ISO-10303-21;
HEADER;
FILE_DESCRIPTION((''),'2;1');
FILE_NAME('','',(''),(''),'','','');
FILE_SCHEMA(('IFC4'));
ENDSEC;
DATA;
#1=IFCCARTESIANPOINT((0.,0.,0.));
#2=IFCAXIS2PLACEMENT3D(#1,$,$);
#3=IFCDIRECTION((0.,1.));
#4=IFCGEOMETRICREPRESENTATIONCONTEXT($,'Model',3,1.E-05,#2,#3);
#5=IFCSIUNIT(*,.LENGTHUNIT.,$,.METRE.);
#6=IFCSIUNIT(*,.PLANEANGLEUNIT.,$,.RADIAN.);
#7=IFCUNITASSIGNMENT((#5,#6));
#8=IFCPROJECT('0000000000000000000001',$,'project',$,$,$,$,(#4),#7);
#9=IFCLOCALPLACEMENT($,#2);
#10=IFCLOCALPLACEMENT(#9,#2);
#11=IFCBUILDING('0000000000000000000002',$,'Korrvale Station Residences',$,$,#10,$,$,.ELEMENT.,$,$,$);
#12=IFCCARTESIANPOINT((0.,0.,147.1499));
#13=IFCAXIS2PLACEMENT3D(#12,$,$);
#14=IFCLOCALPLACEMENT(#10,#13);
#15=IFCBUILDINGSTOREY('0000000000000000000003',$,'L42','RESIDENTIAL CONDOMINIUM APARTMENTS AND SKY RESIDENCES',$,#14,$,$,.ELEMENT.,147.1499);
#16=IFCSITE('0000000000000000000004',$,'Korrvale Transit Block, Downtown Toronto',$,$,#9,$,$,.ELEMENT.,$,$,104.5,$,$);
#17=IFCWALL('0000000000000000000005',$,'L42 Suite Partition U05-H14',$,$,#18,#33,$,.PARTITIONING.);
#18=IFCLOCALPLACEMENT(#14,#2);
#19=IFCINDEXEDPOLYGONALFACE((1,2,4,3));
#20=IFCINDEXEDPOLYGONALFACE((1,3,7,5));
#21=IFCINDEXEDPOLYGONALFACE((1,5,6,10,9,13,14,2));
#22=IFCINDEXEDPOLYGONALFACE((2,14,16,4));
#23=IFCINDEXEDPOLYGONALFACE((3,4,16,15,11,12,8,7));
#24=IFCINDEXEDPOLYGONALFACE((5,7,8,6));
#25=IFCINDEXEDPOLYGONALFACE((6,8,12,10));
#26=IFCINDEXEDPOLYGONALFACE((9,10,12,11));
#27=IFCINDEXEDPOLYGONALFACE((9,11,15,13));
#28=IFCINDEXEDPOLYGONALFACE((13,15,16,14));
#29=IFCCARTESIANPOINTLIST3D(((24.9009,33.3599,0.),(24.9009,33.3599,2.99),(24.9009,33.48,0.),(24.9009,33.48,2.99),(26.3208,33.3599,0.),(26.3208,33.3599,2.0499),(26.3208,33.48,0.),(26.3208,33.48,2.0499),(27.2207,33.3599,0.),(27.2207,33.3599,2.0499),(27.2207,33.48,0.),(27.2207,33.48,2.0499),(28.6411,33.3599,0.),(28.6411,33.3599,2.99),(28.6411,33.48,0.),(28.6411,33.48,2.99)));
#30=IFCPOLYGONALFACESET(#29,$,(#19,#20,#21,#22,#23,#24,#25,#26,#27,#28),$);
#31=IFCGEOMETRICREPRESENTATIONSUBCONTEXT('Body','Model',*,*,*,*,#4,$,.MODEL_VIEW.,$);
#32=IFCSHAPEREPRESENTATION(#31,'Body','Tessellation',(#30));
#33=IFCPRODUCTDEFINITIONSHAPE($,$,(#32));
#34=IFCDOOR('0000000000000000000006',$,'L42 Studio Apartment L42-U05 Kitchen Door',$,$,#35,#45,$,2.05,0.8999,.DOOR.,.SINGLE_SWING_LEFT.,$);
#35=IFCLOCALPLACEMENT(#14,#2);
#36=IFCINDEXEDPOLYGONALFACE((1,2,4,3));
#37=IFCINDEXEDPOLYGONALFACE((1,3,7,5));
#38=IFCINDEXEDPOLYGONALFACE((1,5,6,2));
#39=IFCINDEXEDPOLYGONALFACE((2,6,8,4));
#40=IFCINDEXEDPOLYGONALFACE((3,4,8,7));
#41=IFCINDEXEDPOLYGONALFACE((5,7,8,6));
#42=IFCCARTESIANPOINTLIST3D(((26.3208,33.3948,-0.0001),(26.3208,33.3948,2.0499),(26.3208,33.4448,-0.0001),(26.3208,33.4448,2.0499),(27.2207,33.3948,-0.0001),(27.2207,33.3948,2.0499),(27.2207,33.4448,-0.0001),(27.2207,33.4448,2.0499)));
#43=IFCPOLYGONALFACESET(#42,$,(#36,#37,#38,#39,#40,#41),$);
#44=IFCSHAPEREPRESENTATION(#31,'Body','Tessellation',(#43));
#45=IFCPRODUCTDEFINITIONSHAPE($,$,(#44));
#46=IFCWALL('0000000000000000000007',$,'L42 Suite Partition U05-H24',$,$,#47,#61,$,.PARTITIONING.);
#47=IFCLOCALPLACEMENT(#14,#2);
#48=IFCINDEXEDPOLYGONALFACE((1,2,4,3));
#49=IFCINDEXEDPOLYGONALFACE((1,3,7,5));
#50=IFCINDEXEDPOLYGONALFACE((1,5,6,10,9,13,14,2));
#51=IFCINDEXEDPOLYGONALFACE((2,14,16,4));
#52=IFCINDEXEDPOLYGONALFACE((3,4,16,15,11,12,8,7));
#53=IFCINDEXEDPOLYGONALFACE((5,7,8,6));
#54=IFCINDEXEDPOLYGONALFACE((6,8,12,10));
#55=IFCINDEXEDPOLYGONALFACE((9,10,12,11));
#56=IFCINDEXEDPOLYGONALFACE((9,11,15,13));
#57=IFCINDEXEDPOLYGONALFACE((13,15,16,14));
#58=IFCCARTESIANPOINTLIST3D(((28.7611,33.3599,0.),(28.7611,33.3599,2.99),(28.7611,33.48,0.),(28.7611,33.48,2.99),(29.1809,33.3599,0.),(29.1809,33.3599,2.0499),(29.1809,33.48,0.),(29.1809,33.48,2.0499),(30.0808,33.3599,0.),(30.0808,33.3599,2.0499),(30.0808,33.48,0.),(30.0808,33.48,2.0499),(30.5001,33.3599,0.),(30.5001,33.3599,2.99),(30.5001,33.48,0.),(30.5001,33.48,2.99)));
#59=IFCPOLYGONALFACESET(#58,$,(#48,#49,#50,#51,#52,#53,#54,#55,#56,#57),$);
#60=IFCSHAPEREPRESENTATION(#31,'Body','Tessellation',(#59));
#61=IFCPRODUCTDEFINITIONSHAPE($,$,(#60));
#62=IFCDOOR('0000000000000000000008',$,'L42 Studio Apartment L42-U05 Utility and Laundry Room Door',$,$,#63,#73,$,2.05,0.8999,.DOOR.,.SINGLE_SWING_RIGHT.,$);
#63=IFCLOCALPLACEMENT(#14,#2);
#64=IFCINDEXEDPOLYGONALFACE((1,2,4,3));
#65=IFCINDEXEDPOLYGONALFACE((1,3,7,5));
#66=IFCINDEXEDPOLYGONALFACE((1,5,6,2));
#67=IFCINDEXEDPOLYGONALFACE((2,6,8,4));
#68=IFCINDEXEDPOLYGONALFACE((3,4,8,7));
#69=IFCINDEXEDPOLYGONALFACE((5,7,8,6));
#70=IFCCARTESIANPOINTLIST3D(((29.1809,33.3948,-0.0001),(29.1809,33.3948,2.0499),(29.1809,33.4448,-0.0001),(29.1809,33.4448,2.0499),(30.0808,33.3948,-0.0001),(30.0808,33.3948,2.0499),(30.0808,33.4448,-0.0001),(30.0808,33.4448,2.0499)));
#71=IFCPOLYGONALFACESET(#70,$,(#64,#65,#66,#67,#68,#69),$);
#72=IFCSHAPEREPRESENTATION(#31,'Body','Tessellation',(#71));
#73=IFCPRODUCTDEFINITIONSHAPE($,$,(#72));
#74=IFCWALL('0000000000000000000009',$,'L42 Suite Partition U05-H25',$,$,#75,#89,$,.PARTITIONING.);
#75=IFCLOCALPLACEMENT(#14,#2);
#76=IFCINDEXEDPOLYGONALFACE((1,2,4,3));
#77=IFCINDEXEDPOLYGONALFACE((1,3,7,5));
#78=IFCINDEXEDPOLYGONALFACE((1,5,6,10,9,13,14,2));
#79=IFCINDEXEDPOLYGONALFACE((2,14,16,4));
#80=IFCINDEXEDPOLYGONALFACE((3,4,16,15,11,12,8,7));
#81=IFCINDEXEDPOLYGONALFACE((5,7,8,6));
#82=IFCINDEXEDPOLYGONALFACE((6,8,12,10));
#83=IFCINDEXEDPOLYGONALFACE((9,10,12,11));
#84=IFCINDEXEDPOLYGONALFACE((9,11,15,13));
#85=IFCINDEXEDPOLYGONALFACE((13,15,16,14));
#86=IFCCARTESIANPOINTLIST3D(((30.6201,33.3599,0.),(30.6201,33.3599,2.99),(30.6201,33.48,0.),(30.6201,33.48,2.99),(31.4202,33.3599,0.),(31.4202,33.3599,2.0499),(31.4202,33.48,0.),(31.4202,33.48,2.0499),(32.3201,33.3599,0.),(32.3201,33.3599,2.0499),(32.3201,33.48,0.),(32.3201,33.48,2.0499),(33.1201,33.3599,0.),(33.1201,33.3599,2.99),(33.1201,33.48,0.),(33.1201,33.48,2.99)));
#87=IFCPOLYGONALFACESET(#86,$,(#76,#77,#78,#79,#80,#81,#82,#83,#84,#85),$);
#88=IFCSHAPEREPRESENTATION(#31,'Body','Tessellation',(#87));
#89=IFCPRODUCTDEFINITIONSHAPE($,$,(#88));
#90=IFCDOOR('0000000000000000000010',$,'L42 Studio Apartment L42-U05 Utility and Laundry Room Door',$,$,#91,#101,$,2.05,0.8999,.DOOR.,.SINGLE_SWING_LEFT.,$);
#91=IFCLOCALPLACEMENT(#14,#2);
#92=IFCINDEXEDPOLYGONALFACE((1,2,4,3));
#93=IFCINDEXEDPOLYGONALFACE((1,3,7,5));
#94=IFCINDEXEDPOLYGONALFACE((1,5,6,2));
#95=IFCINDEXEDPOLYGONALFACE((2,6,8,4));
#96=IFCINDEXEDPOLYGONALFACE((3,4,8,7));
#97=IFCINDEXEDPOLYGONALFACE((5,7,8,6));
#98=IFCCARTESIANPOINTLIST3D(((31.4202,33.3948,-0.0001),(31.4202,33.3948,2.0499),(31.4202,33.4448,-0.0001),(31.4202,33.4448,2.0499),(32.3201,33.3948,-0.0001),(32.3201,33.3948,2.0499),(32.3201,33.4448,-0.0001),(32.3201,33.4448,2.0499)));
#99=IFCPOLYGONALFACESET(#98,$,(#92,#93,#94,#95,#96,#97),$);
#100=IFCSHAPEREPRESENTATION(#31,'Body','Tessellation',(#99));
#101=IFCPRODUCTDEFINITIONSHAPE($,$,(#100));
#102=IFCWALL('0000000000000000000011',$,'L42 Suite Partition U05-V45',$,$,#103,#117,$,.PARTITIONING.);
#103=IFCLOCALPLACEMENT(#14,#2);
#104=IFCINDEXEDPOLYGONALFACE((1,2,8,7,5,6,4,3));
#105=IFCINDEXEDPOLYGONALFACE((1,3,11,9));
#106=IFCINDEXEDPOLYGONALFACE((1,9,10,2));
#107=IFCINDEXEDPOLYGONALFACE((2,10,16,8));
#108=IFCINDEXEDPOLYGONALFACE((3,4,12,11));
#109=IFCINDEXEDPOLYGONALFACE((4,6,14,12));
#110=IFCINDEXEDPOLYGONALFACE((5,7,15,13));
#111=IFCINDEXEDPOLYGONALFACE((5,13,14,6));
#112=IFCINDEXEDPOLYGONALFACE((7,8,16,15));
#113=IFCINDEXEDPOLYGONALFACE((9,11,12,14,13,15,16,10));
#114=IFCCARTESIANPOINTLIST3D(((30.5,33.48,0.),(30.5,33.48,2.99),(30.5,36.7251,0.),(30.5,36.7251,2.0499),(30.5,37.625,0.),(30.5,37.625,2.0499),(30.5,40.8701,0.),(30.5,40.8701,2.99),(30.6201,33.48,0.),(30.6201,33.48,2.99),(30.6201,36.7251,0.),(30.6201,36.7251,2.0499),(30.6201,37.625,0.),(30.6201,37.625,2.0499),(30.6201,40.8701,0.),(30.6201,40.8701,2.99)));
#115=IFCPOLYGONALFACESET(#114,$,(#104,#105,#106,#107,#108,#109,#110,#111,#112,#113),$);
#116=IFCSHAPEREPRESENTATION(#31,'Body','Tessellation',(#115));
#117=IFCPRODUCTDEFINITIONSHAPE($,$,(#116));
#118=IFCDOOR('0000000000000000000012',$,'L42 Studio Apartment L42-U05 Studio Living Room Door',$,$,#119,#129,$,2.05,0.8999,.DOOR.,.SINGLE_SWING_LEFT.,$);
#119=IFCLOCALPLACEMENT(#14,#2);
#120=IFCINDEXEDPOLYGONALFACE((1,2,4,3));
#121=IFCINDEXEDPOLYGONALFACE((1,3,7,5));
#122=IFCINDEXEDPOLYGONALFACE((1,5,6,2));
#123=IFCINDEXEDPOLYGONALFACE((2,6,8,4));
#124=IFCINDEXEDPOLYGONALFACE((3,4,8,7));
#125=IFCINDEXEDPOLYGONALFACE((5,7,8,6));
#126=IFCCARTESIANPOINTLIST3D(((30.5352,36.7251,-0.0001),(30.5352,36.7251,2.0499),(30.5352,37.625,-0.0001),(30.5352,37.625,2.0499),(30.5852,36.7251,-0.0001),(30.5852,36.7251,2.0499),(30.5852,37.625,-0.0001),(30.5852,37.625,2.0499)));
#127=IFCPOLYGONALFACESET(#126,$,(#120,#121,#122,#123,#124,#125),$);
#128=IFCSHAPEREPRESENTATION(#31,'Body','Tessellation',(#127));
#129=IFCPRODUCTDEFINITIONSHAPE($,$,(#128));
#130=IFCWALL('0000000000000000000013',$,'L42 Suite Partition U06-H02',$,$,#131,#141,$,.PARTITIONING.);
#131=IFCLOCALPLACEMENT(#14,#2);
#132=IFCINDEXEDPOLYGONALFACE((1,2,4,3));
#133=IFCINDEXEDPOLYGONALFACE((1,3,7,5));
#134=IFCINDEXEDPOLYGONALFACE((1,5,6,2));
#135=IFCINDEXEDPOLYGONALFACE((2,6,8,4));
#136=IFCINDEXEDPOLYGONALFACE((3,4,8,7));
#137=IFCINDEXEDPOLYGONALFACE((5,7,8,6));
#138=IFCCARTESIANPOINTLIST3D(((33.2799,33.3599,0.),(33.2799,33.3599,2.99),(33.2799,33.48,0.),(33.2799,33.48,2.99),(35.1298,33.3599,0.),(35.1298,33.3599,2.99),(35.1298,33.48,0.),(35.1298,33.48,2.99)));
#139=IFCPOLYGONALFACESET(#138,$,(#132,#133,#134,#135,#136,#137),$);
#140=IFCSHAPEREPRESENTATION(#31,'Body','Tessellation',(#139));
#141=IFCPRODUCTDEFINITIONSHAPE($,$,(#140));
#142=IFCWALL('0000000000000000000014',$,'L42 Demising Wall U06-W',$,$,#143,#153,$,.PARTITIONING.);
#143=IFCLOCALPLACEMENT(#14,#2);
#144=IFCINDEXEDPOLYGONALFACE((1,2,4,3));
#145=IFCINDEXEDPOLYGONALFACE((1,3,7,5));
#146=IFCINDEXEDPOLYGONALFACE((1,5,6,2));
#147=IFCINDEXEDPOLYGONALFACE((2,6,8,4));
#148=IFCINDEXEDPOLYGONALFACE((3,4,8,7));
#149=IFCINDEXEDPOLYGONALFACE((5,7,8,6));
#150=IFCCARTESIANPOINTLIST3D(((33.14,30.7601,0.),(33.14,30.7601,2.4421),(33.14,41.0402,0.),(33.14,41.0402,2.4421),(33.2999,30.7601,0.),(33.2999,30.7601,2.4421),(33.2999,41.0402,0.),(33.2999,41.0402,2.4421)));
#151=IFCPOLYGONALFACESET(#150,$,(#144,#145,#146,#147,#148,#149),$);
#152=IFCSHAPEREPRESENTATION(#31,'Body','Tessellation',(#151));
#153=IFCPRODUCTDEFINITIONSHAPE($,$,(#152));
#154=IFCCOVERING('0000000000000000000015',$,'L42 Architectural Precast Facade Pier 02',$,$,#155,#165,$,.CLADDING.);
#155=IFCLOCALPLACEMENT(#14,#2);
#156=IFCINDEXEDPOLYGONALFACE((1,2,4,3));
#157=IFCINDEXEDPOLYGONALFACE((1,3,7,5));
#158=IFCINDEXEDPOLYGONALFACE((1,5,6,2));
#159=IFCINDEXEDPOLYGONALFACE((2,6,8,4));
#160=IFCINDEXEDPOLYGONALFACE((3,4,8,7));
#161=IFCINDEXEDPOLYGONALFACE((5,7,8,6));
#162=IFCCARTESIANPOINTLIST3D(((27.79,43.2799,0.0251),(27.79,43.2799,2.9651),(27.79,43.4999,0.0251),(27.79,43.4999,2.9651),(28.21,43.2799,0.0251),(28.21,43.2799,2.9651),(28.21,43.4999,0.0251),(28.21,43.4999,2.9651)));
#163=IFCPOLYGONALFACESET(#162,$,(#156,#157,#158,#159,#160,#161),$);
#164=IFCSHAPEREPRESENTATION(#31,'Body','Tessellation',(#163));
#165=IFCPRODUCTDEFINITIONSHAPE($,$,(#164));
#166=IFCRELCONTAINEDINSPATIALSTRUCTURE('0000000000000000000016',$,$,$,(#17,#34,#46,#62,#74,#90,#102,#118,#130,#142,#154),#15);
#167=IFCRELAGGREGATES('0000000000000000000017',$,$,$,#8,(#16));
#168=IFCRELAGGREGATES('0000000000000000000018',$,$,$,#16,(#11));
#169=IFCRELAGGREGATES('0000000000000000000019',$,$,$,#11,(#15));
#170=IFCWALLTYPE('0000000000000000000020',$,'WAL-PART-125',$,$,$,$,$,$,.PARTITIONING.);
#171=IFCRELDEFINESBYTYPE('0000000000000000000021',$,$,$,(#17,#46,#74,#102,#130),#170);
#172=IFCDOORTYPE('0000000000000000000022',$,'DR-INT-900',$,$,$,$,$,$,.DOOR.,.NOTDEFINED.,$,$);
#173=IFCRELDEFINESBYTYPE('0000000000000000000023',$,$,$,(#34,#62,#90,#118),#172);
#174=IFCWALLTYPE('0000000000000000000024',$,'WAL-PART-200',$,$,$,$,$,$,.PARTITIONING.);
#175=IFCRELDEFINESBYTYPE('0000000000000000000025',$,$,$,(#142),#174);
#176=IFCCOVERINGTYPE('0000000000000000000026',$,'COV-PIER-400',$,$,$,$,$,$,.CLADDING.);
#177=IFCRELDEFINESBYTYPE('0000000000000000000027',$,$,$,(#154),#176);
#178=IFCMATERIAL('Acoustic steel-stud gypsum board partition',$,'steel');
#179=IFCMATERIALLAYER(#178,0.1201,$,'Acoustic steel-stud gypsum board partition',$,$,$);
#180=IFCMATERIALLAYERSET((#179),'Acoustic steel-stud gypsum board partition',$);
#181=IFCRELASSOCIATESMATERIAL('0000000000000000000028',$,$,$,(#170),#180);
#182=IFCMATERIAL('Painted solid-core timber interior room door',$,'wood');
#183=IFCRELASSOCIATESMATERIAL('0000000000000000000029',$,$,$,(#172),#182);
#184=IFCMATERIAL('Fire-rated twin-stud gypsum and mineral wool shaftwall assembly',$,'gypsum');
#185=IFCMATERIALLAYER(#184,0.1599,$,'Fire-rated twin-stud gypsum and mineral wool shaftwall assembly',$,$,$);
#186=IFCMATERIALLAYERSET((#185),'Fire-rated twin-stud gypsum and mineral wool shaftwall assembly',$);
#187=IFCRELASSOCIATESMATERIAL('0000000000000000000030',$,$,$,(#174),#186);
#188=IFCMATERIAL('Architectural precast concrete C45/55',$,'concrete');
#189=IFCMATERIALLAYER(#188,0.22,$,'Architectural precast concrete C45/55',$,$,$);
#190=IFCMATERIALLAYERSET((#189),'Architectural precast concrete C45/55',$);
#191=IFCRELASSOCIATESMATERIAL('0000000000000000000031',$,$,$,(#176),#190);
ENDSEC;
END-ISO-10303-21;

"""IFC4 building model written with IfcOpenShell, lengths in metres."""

from ifc_helpers import new_model, si_unit, direction, frame, frame_2d, origin, origin_2d, place, context, subcontext, project, spatial, rectangle, extrude, material, layer, layer_set, type_object, element, fill, save


model = new_model("IFC4")

# Units and contexts
model_context = context("Model", 3, precision=1e-05, world=origin(), true_north=direction((0.0, 1.0)))
body_context = subcontext(model_context, "Body", "Model", "MODEL_VIEW")
ifc_project = project(units=[si_unit("LENGTHUNIT", "METRE"), si_unit("PLANEANGLEUNIT", "RADIAN")], contexts=[model_context])

# Site, building, storey
site_placement = place(None, origin())
site = spatial("IfcSite", under=ifc_project, at=site_placement, Name="Korrvale Transit Block, Downtown Toronto", CompositionType="ELEMENT", RefElevation=104.5)
building_placement = place(site_placement, origin())
building = spatial("IfcBuilding", under=site, at=building_placement, Name="Korrvale Station Residences", CompositionType="ELEMENT")
storey_placement = place(building_placement, frame((0.0, 0.0, 147.1499)))
storey = spatial("IfcBuildingStorey", under=building, at=storey_placement, Name="L42", Description="RESIDENTIAL CONDOMINIUM APARTMENTS AND SKY RESIDENCES", CompositionType="ELEMENT", Elevation=147.1499)

# Walls, openings, doors
ifc_material_1 = material(Name="Acoustic steel-stud gypsum board partition", Category="steel")
ifc_layer_1 = layer(ifc_material_1, 0.1201, Name="Acoustic steel-stud gypsum board partition")
ifc_layer_set_1 = layer_set([ifc_layer_1], Name="Acoustic steel-stud gypsum board partition")
wall_type_1 = type_object("IfcWallType", Name="WAL-PART-125", PredefinedType="PARTITIONING", material=ifc_layer_set_1)
ifc_material_2 = material(Name="Painted solid-core timber interior room door", Category="wood")
door_type_1 = type_object("IfcDoorType", Name="DR-INT-900", OperationType="NOTDEFINED", PredefinedType="DOOR", material=ifc_material_2)
wall_1_placement = place(storey_placement, frame((24.9009, 33.4199, 0.0), z_axis=(0.0, 0.0, 1.0), x_axis=(1.0, 0.0, 0.0)))
wall_1 = element("IfcWall", 1, at=wall_1_placement, inside=storey, type_object=wall_type_1, Name="L42 Suite Partition U05-H14", PredefinedType="PARTITIONING", context=body_context, shape_type="SweptSolid", body=[
    extrude(rectangle(XDim=3.7402, YDim=0.1201, at=frame_2d((1.8701, 0.0))), origin(), (0.0, 0.0, 1.0), 2.99),
])
opening_1_placement = place(wall_1_placement, frame((1.4199, 0.0, 0.0)))
opening_1 = element("IfcOpeningElement", 2, at=opening_1_placement, cuts=wall_1, PredefinedType="OPENING", context=body_context, shape_type="SweptSolid", body=[
    extrude(rectangle(XDim=0.8999, YDim=2.05, at=frame_2d((0.45, 1.0249))), frame((0.0, 0.0701, 0.0), z_axis=(0.0, -1.0, 0.0), x_axis=(1.0, 0.0, 0.0)), (0.0, 0.0, 1.0), 0.1401),
])
door_1_placement = place(opening_1_placement, origin())
door_1 = element("IfcDoor", 3, at=door_1_placement, inside=storey, type_object=door_type_1, Name="L42 Studio Apartment L42-U05 Kitchen Door", OperationType="SINGLE_SWING_LEFT", OverallHeight=2.05, OverallWidth=0.8999, PredefinedType="DOOR", context=body_context, shape_type="SweptSolid", body=[
    extrude(rectangle(XDim=0.8999, YDim=2.05, at=frame_2d((0.45, 1.0249))), frame((0.0, 0.0249, 0.0), z_axis=(0.0, -1.0, 0.0), x_axis=(1.0, 0.0, 0.0)), (0.0, 0.0, 1.0), 0.05),
])
fill(opening_1, door_1)
wall_2_placement = place(storey_placement, frame((28.761, 33.4199, 0.0), z_axis=(0.0, 0.0, 1.0), x_axis=(1.0, 0.0, 0.0)))
wall_2 = element("IfcWall", 4, at=wall_2_placement, inside=storey, type_object=wall_type_1, Name="L42 Suite Partition U05-H24", PredefinedType="PARTITIONING", context=body_context, shape_type="SweptSolid", body=[
    extrude(rectangle(XDim=1.739, YDim=0.1201, at=frame_2d((0.8696, 0.0))), origin(), (0.0, 0.0, 1.0), 2.99),
])
opening_2_placement = place(wall_2_placement, frame((0.4199, 0.0, 0.0)))
opening_2 = element("IfcOpeningElement", 5, at=opening_2_placement, cuts=wall_2, PredefinedType="OPENING", context=body_context, shape_type="SweptSolid", body=[
    extrude(rectangle(XDim=0.8999, YDim=2.05, at=frame_2d((0.45, 1.0249))), frame((0.0, 0.0701, 0.0), z_axis=(0.0, -1.0, 0.0), x_axis=(1.0, 0.0, 0.0)), (0.0, 0.0, 1.0), 0.1401),
])
door_2_placement = place(opening_2_placement, origin())
door_2 = element("IfcDoor", 6, at=door_2_placement, inside=storey, type_object=door_type_1, Name="L42 Studio Apartment L42-U05 Utility and Laundry Room Door", OperationType="SINGLE_SWING_RIGHT", OverallHeight=2.05, OverallWidth=0.8999, PredefinedType="DOOR", context=body_context, shape_type="SweptSolid", body=[
    extrude(rectangle(XDim=0.8999, YDim=2.05, at=frame_2d((0.45, 1.0249))), frame((0.0, 0.0249, 0.0), z_axis=(0.0, -1.0, 0.0), x_axis=(1.0, 0.0, 0.0)), (0.0, 0.0, 1.0), 0.05),
])
fill(opening_2, door_2)
wall_3_placement = place(storey_placement, frame((30.6201, 33.4199, 0.0), z_axis=(0.0, 0.0, 1.0), x_axis=(1.0, 0.0, 0.0)))
wall_3 = element("IfcWall", 7, at=wall_3_placement, inside=storey, type_object=wall_type_1, Name="L42 Suite Partition U05-H25", PredefinedType="PARTITIONING", context=body_context, shape_type="SweptSolid", body=[
    extrude(rectangle(XDim=2.5, YDim=0.1201, at=frame_2d((1.25, 0.0))), origin(), (0.0, 0.0, 1.0), 2.99),
])
opening_3_placement = place(wall_3_placement, frame((0.8, 0.0, 0.0)))
opening_3 = element("IfcOpeningElement", 8, at=opening_3_placement, cuts=wall_3, PredefinedType="OPENING", context=body_context, shape_type="SweptSolid", body=[
    extrude(rectangle(XDim=0.8999, YDim=2.05, at=frame_2d((0.45, 1.0249))), frame((0.0, 0.0701, 0.0), z_axis=(0.0, -1.0, 0.0), x_axis=(1.0, 0.0, 0.0)), (0.0, 0.0, 1.0), 0.1401),
])
door_3_placement = place(opening_3_placement, origin())
door_3 = element("IfcDoor", 9, at=door_3_placement, inside=storey, type_object=door_type_1, Name="L42 Studio Apartment L42-U05 Utility and Laundry Room Door", OperationType="SINGLE_SWING_LEFT", OverallHeight=2.05, OverallWidth=0.8999, PredefinedType="DOOR", context=body_context, shape_type="SweptSolid", body=[
    extrude(rectangle(XDim=0.8999, YDim=2.05, at=frame_2d((0.45, 1.0249))), frame((0.0, 0.0249, 0.0), z_axis=(0.0, -1.0, 0.0), x_axis=(1.0, 0.0, 0.0)), (0.0, 0.0, 1.0), 0.05),
])
fill(opening_3, door_3)
wall_4_placement = place(storey_placement, frame((30.5601, 33.48, 0.0), z_axis=(0.0, 0.0, 1.0), x_axis=(0.0, 1.0, 0.0)))
wall_4 = element("IfcWall", 10, at=wall_4_placement, inside=storey, type_object=wall_type_1, Name="L42 Suite Partition U05-V45", PredefinedType="PARTITIONING", context=body_context, shape_type="SweptSolid", body=[
    extrude(rectangle(XDim=7.3901, YDim=0.1201, at=frame_2d((3.6951, 0.0))), origin(), (0.0, 0.0, 1.0), 2.99),
])
opening_4_placement = place(wall_4_placement, frame((3.2451, 0.0, 0.0)))
opening_4 = element("IfcOpeningElement", 11, at=opening_4_placement, cuts=wall_4, PredefinedType="OPENING", context=body_context, shape_type="SweptSolid", body=[
    extrude(rectangle(XDim=0.8999, YDim=2.05, at=frame_2d((0.45, 1.0249))), frame((0.0, 0.0701, 0.0), z_axis=(0.0, -1.0, 0.0), x_axis=(1.0, 0.0, 0.0)), (0.0, 0.0, 1.0), 0.1401),
])
door_4_placement = place(opening_4_placement, origin())
door_4 = element("IfcDoor", 12, at=door_4_placement, inside=storey, type_object=door_type_1, Name="L42 Studio Apartment L42-U05 Studio Living Room Door", OperationType="SINGLE_SWING_LEFT", OverallHeight=2.05, OverallWidth=0.8999, PredefinedType="DOOR", context=body_context, shape_type="SweptSolid", body=[
    extrude(rectangle(XDim=0.8999, YDim=2.05, at=frame_2d((0.45, 1.0249))), frame((0.0, 0.0249, 0.0), z_axis=(0.0, -1.0, 0.0), x_axis=(1.0, 0.0, 0.0)), (0.0, 0.0, 1.0), 0.05),
])
fill(opening_4, door_4)

# Walls
wall_5_placement = place(storey_placement, frame((33.28, 33.4199, 0.0), z_axis=(0.0, 0.0, 1.0), x_axis=(1.0, 0.0, 0.0)))
element("IfcWall", 13, at=wall_5_placement, inside=storey, type_object=wall_type_1, Name="L42 Suite Partition U06-H02", PredefinedType="PARTITIONING", context=body_context, shape_type="SweptSolid", body=[
    extrude(rectangle(XDim=1.8499, YDim=0.1201, at=frame_2d((0.9248, 0.0))), origin(), (0.0, 0.0, 1.0), 2.99),
])
ifc_material_3 = material(Name="Fire-rated twin-stud gypsum and mineral wool shaftwall assembly", Category="gypsum")
ifc_layer_2 = layer(ifc_material_3, 0.1599, Name="Fire-rated twin-stud gypsum and mineral wool shaftwall assembly")
ifc_layer_set_2 = layer_set([ifc_layer_2], Name="Fire-rated twin-stud gypsum and mineral wool shaftwall assembly")
wall_type_2 = type_object("IfcWallType", Name="WAL-PART-200", PredefinedType="PARTITIONING", material=ifc_layer_set_2)
wall_6_placement = place(storey_placement, frame((33.22, 30.76, 0.0), z_axis=(0.0, 0.0, 1.0), x_axis=(0.0, 1.0, 0.0)))
element("IfcWall", 14, at=wall_6_placement, inside=storey, type_object=wall_type_2, Name="L42 Demising Wall U06-W", PredefinedType="PARTITIONING", context=body_context, shape_type="SweptSolid", body=[
    extrude(rectangle(XDim=10.28, YDim=0.1599, at=frame_2d((5.1401, 0.0))), origin(), (0.0, 0.0, 1.0), 2.4421),
])

# Covering
ifc_material_4 = material(Name="Architectural precast concrete C45/55", Category="concrete")
ifc_layer_3 = layer(ifc_material_4, 0.22, Name="Architectural precast concrete C45/55")
ifc_layer_set_3 = layer_set([ifc_layer_3], Name="Architectural precast concrete C45/55")
covering_type = type_object("IfcCoveringType", Name="COV-PIER-400", PredefinedType="CLADDING", material=ifc_layer_set_3)
covering_placement = place(storey_placement, frame((28.0, 43.3899, 0.0251), z_axis=(0.0, 0.0, 1.0), x_axis=(1.0, 0.0, 0.0)))
element("IfcCovering", 15, at=covering_placement, inside=storey, type_object=covering_type, Name="L42 Architectural Precast Facade Pier 02", PredefinedType="CLADDING", context=body_context, shape_type="SweptSolid", body=[
    extrude(rectangle(XDim=0.4199, YDim=0.22, at=origin_2d()), origin(), (0.0, 0.0, 1.0), 2.9399),
])

save(model, "model.ifc")
